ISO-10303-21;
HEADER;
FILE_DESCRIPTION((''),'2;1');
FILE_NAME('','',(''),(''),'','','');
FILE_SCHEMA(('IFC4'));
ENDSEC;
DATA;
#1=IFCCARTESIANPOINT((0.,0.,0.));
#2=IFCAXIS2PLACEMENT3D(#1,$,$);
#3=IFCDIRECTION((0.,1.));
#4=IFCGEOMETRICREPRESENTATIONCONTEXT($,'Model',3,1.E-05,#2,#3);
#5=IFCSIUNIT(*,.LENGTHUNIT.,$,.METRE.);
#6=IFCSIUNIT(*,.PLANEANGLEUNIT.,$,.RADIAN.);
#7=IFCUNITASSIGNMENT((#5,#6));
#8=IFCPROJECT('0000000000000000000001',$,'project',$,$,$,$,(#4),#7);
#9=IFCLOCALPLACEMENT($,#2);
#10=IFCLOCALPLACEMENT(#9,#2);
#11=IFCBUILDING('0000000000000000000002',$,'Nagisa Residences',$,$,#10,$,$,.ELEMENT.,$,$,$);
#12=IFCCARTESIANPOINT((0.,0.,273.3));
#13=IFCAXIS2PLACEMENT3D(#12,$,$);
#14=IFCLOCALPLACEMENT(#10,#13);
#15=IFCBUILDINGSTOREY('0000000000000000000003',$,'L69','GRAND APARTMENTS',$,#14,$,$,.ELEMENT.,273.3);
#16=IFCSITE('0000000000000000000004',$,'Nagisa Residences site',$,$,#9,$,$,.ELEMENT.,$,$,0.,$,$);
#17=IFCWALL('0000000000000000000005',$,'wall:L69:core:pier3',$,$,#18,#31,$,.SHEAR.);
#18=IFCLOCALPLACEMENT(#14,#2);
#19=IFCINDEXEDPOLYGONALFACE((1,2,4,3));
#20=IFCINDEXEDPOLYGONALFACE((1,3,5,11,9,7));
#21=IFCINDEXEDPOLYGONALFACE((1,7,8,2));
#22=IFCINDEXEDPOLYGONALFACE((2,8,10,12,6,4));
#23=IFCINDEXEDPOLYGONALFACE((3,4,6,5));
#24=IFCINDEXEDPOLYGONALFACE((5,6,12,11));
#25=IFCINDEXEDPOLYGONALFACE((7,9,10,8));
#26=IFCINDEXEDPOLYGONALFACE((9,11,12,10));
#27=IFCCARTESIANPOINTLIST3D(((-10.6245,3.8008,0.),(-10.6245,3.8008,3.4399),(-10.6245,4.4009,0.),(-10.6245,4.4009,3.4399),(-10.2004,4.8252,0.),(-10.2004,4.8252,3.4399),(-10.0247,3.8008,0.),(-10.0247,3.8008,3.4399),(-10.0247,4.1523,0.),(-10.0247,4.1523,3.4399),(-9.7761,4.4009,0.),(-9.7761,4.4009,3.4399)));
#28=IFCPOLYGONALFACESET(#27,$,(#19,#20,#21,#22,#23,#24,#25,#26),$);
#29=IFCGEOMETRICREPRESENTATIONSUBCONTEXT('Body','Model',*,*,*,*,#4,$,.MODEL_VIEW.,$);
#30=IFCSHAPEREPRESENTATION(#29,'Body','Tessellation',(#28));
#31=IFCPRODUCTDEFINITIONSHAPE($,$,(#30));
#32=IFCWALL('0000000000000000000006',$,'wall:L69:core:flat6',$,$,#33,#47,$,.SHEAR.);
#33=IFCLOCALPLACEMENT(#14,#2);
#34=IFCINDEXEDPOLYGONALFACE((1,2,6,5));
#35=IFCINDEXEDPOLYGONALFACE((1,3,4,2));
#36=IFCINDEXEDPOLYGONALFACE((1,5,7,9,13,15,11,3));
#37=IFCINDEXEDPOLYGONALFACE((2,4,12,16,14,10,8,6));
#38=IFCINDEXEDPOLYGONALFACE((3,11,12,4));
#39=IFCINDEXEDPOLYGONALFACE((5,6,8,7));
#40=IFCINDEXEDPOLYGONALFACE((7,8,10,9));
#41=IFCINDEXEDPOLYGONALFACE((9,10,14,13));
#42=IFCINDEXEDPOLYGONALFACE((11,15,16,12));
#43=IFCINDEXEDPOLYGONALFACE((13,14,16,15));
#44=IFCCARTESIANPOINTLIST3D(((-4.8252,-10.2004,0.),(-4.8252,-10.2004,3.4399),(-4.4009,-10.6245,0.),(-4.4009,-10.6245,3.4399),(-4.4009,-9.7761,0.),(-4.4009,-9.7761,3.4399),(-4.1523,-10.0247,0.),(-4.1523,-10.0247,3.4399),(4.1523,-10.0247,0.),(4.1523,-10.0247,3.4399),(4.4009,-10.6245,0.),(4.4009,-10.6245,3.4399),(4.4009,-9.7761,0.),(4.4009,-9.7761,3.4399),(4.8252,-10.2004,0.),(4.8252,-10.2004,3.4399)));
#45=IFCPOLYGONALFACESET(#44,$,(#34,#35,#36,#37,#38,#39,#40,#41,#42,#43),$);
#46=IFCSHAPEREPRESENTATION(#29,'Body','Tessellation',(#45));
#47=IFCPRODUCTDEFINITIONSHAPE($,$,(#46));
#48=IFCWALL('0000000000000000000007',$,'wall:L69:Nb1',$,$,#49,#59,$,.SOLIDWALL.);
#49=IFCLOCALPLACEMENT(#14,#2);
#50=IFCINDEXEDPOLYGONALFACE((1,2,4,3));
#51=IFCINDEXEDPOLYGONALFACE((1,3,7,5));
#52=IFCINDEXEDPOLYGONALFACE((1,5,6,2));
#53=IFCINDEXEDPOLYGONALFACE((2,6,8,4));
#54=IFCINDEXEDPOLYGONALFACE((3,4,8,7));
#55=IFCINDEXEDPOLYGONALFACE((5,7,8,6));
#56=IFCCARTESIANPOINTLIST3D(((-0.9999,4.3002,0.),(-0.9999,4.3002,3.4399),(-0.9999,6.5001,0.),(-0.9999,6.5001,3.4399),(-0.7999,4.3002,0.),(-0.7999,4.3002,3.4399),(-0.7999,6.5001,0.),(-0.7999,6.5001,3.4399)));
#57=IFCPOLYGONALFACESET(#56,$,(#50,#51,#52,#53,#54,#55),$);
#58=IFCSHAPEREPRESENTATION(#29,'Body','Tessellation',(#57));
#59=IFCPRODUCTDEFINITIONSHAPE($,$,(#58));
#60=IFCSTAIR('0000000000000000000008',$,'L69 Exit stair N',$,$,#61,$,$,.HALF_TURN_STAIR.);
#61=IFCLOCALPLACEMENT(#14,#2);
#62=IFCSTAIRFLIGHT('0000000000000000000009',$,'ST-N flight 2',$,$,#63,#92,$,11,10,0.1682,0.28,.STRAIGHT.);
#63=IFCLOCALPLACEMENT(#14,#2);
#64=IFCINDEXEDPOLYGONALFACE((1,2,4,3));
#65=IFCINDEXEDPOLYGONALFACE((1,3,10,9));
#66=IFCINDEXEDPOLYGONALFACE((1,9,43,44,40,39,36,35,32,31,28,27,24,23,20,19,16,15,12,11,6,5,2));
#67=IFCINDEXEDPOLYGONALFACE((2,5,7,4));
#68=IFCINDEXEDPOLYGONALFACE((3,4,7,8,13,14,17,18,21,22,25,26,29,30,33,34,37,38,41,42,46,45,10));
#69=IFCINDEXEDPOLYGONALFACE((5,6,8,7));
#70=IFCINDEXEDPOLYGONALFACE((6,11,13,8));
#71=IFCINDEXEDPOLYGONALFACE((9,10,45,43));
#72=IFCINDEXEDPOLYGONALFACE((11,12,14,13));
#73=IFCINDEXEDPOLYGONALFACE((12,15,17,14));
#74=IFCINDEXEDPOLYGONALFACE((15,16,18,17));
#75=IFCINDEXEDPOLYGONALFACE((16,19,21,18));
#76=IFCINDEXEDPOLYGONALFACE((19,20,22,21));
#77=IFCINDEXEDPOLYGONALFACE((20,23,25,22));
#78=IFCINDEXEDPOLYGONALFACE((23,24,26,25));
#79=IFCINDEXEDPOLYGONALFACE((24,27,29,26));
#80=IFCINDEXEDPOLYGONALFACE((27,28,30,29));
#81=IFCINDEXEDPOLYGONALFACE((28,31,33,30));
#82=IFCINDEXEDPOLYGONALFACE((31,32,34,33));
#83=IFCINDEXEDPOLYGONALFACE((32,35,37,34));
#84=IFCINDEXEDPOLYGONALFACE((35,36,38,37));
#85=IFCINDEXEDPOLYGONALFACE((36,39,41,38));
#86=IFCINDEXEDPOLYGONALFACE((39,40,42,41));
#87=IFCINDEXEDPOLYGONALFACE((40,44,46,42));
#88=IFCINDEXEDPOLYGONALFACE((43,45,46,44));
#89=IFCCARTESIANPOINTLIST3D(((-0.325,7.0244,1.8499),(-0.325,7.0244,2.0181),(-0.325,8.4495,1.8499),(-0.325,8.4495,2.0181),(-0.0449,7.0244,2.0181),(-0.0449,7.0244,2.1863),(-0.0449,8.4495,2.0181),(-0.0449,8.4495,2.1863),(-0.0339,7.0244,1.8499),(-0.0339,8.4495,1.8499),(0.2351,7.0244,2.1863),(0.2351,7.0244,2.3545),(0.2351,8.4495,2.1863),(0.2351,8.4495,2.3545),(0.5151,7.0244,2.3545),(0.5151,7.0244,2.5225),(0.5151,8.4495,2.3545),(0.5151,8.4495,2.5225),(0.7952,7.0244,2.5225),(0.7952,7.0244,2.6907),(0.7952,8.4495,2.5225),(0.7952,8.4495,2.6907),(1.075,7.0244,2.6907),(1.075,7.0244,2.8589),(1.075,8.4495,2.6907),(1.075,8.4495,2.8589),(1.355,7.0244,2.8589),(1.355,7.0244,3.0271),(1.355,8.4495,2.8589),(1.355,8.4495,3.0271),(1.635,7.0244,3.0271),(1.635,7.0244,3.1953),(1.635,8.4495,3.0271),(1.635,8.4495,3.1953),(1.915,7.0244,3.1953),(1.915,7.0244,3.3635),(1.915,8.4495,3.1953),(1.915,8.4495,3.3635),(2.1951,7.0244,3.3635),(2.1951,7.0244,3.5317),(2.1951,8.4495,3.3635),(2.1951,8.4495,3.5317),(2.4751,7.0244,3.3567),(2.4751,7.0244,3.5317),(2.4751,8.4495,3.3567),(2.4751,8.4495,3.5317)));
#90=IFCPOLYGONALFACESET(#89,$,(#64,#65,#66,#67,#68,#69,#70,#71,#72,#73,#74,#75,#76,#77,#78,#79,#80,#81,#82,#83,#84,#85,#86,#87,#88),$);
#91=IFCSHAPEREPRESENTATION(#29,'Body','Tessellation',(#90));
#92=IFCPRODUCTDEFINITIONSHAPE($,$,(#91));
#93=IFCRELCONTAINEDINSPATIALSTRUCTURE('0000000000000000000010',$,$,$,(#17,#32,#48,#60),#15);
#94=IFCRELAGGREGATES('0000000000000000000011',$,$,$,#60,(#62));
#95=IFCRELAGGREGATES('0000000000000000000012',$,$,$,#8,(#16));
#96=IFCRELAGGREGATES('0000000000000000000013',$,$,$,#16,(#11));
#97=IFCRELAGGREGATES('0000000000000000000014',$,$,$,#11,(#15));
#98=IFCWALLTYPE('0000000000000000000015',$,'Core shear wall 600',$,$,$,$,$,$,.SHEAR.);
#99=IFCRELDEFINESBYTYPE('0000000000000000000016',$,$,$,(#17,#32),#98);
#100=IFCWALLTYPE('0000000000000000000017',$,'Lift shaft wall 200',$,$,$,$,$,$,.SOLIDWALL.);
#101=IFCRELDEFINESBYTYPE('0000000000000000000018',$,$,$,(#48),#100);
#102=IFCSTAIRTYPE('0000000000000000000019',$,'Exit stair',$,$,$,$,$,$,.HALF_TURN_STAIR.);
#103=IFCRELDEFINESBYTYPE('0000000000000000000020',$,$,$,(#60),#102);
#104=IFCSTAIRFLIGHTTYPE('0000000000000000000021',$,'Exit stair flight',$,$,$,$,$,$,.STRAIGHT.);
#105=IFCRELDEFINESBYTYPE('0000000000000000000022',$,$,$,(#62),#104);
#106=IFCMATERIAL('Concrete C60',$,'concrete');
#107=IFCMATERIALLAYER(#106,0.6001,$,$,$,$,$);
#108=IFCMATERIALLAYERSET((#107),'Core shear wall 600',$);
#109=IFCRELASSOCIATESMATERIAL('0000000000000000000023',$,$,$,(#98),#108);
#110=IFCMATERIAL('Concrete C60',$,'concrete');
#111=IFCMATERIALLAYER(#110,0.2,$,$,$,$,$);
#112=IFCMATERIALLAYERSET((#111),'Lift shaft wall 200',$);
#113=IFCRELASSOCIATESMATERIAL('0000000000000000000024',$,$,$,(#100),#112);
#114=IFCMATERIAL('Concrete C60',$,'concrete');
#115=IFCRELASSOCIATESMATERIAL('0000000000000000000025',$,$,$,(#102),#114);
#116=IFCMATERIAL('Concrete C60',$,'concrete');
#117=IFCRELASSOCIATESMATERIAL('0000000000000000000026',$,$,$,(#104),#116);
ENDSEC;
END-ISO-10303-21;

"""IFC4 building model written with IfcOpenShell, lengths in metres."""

from ifc_helpers import new_model, si_unit, direction, frame, frame_2d, origin, place, context, subcontext, project, spatial, polyline, rectangle, outline, extrude, material, layer, layer_set, type_object, element, aggregate, save


model = new_model("IFC4")

# Units and contexts
model_context = context("Model", 3, precision=1e-05, world=origin(), true_north=direction((0.0, 1.0)))
body_context = subcontext(model_context, "Body", "Model", "MODEL_VIEW")
ifc_project = project(units=[si_unit("LENGTHUNIT", "METRE"), si_unit("PLANEANGLEUNIT", "RADIAN")], contexts=[model_context])

# Site, building, storey
site_placement = place(None, origin())
site = spatial("IfcSite", under=ifc_project, at=site_placement, Name="Nagisa Residences site", CompositionType="ELEMENT", RefElevation=0.0)
building_placement = place(site_placement, origin())
building = spatial("IfcBuilding", under=site, at=building_placement, Name="Nagisa Residences", CompositionType="ELEMENT")
storey_placement = place(building_placement, frame((0.0, 0.0, 273.3)))
storey = spatial("IfcBuildingStorey", under=building, at=storey_placement, Name="L69", Description="GRAND APARTMENTS", CompositionType="ELEMENT", Elevation=273.3)

# Walls
ifc_material_1 = material(Name="Concrete C60", Category="concrete")
ifc_layer_1 = layer(ifc_material_1, 0.6001)
ifc_layer_set_1 = layer_set([ifc_layer_1], Name="Core shear wall 600")
wall_type_1 = type_object("IfcWallType", Name="Core shear wall 600", PredefinedType="SHEAR", material=ifc_layer_set_1)
wall_1_placement = place(storey_placement, origin())
element("IfcWall", 1, at=wall_1_placement, inside=storey, type_object=wall_type_1, Name="wall:L69:core:pier3", PredefinedType="SHEAR", context=body_context, shape_type="SweptSolid", body=[
    extrude(outline(polyline([(-10.2004, 4.8252), (-9.7761, 4.4009), (-10.0247, 4.1523), (-10.0247, 3.8008), (-10.6245, 3.8008), (-10.6245, 4.4009), (-10.2004, 4.8252)])), origin(), (0.0, 0.0, 1.0), 3.4399),
])
wall_2_placement = place(storey_placement, origin())
element("IfcWall", 2, at=wall_2_placement, inside=storey, type_object=wall_type_1, Name="wall:L69:core:flat6", PredefinedType="SHEAR", context=body_context, shape_type="SweptSolid", body=[
    extrude(outline(polyline([(-4.1523, -10.0247), (4.1523, -10.0247), (4.4009, -9.7761), (4.8252, -10.2004), (4.4009, -10.6245), (-4.4009, -10.6245), (-4.8252, -10.2004), (-4.4009, -9.7761), (-4.1523, -10.0247)])), origin(), (0.0, 0.0, 1.0), 3.4399),
])
ifc_material_2 = material(Name="Concrete C60", Category="concrete")
ifc_layer_2 = layer(ifc_material_2, 0.2)
ifc_layer_set_2 = layer_set([ifc_layer_2], Name="Lift shaft wall 200")
wall_type_2 = type_object("IfcWallType", Name="Lift shaft wall 200", PredefinedType="SOLIDWALL", material=ifc_layer_set_2)
wall_3_placement = place(storey_placement, frame((-0.8999, 4.3, 0.0), z_axis=(0.0, 0.0, 1.0), x_axis=(0.0, 1.0, 0.0)))
element("IfcWall", 3, at=wall_3_placement, inside=storey, type_object=wall_type_2, Name="wall:L69:Nb1", PredefinedType="SOLIDWALL", context=body_context, shape_type="SweptSolid", body=[
    extrude(rectangle(XDim=2.2, YDim=0.2, at=frame_2d((1.1001, 0.0))), origin(), (0.0, 0.0, 1.0), 3.4399),
])

# Stair, stair flight
ifc_material_3 = material(Name="Concrete C60", Category="concrete")
stair_type = type_object("IfcStairType", Name="Exit stair", PredefinedType="HALF_TURN_STAIR", material=ifc_material_3)
stair_placement = place(storey_placement, origin())
stair = element("IfcStair", 4, at=stair_placement, inside=storey, type_object=stair_type, Name="L69 Exit stair N", PredefinedType="HALF_TURN_STAIR")
ifc_material_4 = material(Name="Concrete C60", Category="concrete")
stair_flight_type = type_object("IfcStairFlightType", Name="Exit stair flight", PredefinedType="STRAIGHT", material=ifc_material_4)
stair_flight_placement = place(storey_placement, frame((-0.325, 7.7371, 1.8499), z_axis=(0.0, 0.0, 1.0), x_axis=(1.0, 0.0, 0.0)))
stair_flight = element("IfcStairFlight", 5, at=stair_flight_placement, type_object=stair_flight_type, Name="ST-N flight 2", NumberOfRisers=11, NumberOfTreads=10, PredefinedType="STRAIGHT", RiserHeight=0.1682, TreadLength=0.28, context=body_context, shape_type="SweptSolid", body=[
    extrude(outline(polyline([(0.0, 0.0), (0.0, 0.1682), (0.28, 0.1682), (0.28, 0.3364), (0.5601, 0.3364), (0.5601, 0.5046), (0.8401, 0.5046), (0.8401, 0.6726), (1.1201, 0.6726), (1.1201, 0.8408), (1.3999, 0.8408), (1.3999, 1.009), (1.6799, 1.009), (1.6799, 1.1772), (1.96, 1.1772), (1.96, 1.3455), (2.24, 1.3455), (2.24, 1.5137), (2.52, 1.5137), (2.52, 1.6819), (2.8, 1.6819), (2.8, 1.8501), (2.8, 1.5068), (0.291, 0.0), (0.0, 0.0)])), frame((0.0, 0.7124, 0.0), z_axis=(0.0, -1.0, 0.0), x_axis=(1.0, 0.0, 0.0)), (0.0, 0.0, 1.0), 1.425),
])
aggregate(stair, [stair_flight])

save(model, "model.ifc")
